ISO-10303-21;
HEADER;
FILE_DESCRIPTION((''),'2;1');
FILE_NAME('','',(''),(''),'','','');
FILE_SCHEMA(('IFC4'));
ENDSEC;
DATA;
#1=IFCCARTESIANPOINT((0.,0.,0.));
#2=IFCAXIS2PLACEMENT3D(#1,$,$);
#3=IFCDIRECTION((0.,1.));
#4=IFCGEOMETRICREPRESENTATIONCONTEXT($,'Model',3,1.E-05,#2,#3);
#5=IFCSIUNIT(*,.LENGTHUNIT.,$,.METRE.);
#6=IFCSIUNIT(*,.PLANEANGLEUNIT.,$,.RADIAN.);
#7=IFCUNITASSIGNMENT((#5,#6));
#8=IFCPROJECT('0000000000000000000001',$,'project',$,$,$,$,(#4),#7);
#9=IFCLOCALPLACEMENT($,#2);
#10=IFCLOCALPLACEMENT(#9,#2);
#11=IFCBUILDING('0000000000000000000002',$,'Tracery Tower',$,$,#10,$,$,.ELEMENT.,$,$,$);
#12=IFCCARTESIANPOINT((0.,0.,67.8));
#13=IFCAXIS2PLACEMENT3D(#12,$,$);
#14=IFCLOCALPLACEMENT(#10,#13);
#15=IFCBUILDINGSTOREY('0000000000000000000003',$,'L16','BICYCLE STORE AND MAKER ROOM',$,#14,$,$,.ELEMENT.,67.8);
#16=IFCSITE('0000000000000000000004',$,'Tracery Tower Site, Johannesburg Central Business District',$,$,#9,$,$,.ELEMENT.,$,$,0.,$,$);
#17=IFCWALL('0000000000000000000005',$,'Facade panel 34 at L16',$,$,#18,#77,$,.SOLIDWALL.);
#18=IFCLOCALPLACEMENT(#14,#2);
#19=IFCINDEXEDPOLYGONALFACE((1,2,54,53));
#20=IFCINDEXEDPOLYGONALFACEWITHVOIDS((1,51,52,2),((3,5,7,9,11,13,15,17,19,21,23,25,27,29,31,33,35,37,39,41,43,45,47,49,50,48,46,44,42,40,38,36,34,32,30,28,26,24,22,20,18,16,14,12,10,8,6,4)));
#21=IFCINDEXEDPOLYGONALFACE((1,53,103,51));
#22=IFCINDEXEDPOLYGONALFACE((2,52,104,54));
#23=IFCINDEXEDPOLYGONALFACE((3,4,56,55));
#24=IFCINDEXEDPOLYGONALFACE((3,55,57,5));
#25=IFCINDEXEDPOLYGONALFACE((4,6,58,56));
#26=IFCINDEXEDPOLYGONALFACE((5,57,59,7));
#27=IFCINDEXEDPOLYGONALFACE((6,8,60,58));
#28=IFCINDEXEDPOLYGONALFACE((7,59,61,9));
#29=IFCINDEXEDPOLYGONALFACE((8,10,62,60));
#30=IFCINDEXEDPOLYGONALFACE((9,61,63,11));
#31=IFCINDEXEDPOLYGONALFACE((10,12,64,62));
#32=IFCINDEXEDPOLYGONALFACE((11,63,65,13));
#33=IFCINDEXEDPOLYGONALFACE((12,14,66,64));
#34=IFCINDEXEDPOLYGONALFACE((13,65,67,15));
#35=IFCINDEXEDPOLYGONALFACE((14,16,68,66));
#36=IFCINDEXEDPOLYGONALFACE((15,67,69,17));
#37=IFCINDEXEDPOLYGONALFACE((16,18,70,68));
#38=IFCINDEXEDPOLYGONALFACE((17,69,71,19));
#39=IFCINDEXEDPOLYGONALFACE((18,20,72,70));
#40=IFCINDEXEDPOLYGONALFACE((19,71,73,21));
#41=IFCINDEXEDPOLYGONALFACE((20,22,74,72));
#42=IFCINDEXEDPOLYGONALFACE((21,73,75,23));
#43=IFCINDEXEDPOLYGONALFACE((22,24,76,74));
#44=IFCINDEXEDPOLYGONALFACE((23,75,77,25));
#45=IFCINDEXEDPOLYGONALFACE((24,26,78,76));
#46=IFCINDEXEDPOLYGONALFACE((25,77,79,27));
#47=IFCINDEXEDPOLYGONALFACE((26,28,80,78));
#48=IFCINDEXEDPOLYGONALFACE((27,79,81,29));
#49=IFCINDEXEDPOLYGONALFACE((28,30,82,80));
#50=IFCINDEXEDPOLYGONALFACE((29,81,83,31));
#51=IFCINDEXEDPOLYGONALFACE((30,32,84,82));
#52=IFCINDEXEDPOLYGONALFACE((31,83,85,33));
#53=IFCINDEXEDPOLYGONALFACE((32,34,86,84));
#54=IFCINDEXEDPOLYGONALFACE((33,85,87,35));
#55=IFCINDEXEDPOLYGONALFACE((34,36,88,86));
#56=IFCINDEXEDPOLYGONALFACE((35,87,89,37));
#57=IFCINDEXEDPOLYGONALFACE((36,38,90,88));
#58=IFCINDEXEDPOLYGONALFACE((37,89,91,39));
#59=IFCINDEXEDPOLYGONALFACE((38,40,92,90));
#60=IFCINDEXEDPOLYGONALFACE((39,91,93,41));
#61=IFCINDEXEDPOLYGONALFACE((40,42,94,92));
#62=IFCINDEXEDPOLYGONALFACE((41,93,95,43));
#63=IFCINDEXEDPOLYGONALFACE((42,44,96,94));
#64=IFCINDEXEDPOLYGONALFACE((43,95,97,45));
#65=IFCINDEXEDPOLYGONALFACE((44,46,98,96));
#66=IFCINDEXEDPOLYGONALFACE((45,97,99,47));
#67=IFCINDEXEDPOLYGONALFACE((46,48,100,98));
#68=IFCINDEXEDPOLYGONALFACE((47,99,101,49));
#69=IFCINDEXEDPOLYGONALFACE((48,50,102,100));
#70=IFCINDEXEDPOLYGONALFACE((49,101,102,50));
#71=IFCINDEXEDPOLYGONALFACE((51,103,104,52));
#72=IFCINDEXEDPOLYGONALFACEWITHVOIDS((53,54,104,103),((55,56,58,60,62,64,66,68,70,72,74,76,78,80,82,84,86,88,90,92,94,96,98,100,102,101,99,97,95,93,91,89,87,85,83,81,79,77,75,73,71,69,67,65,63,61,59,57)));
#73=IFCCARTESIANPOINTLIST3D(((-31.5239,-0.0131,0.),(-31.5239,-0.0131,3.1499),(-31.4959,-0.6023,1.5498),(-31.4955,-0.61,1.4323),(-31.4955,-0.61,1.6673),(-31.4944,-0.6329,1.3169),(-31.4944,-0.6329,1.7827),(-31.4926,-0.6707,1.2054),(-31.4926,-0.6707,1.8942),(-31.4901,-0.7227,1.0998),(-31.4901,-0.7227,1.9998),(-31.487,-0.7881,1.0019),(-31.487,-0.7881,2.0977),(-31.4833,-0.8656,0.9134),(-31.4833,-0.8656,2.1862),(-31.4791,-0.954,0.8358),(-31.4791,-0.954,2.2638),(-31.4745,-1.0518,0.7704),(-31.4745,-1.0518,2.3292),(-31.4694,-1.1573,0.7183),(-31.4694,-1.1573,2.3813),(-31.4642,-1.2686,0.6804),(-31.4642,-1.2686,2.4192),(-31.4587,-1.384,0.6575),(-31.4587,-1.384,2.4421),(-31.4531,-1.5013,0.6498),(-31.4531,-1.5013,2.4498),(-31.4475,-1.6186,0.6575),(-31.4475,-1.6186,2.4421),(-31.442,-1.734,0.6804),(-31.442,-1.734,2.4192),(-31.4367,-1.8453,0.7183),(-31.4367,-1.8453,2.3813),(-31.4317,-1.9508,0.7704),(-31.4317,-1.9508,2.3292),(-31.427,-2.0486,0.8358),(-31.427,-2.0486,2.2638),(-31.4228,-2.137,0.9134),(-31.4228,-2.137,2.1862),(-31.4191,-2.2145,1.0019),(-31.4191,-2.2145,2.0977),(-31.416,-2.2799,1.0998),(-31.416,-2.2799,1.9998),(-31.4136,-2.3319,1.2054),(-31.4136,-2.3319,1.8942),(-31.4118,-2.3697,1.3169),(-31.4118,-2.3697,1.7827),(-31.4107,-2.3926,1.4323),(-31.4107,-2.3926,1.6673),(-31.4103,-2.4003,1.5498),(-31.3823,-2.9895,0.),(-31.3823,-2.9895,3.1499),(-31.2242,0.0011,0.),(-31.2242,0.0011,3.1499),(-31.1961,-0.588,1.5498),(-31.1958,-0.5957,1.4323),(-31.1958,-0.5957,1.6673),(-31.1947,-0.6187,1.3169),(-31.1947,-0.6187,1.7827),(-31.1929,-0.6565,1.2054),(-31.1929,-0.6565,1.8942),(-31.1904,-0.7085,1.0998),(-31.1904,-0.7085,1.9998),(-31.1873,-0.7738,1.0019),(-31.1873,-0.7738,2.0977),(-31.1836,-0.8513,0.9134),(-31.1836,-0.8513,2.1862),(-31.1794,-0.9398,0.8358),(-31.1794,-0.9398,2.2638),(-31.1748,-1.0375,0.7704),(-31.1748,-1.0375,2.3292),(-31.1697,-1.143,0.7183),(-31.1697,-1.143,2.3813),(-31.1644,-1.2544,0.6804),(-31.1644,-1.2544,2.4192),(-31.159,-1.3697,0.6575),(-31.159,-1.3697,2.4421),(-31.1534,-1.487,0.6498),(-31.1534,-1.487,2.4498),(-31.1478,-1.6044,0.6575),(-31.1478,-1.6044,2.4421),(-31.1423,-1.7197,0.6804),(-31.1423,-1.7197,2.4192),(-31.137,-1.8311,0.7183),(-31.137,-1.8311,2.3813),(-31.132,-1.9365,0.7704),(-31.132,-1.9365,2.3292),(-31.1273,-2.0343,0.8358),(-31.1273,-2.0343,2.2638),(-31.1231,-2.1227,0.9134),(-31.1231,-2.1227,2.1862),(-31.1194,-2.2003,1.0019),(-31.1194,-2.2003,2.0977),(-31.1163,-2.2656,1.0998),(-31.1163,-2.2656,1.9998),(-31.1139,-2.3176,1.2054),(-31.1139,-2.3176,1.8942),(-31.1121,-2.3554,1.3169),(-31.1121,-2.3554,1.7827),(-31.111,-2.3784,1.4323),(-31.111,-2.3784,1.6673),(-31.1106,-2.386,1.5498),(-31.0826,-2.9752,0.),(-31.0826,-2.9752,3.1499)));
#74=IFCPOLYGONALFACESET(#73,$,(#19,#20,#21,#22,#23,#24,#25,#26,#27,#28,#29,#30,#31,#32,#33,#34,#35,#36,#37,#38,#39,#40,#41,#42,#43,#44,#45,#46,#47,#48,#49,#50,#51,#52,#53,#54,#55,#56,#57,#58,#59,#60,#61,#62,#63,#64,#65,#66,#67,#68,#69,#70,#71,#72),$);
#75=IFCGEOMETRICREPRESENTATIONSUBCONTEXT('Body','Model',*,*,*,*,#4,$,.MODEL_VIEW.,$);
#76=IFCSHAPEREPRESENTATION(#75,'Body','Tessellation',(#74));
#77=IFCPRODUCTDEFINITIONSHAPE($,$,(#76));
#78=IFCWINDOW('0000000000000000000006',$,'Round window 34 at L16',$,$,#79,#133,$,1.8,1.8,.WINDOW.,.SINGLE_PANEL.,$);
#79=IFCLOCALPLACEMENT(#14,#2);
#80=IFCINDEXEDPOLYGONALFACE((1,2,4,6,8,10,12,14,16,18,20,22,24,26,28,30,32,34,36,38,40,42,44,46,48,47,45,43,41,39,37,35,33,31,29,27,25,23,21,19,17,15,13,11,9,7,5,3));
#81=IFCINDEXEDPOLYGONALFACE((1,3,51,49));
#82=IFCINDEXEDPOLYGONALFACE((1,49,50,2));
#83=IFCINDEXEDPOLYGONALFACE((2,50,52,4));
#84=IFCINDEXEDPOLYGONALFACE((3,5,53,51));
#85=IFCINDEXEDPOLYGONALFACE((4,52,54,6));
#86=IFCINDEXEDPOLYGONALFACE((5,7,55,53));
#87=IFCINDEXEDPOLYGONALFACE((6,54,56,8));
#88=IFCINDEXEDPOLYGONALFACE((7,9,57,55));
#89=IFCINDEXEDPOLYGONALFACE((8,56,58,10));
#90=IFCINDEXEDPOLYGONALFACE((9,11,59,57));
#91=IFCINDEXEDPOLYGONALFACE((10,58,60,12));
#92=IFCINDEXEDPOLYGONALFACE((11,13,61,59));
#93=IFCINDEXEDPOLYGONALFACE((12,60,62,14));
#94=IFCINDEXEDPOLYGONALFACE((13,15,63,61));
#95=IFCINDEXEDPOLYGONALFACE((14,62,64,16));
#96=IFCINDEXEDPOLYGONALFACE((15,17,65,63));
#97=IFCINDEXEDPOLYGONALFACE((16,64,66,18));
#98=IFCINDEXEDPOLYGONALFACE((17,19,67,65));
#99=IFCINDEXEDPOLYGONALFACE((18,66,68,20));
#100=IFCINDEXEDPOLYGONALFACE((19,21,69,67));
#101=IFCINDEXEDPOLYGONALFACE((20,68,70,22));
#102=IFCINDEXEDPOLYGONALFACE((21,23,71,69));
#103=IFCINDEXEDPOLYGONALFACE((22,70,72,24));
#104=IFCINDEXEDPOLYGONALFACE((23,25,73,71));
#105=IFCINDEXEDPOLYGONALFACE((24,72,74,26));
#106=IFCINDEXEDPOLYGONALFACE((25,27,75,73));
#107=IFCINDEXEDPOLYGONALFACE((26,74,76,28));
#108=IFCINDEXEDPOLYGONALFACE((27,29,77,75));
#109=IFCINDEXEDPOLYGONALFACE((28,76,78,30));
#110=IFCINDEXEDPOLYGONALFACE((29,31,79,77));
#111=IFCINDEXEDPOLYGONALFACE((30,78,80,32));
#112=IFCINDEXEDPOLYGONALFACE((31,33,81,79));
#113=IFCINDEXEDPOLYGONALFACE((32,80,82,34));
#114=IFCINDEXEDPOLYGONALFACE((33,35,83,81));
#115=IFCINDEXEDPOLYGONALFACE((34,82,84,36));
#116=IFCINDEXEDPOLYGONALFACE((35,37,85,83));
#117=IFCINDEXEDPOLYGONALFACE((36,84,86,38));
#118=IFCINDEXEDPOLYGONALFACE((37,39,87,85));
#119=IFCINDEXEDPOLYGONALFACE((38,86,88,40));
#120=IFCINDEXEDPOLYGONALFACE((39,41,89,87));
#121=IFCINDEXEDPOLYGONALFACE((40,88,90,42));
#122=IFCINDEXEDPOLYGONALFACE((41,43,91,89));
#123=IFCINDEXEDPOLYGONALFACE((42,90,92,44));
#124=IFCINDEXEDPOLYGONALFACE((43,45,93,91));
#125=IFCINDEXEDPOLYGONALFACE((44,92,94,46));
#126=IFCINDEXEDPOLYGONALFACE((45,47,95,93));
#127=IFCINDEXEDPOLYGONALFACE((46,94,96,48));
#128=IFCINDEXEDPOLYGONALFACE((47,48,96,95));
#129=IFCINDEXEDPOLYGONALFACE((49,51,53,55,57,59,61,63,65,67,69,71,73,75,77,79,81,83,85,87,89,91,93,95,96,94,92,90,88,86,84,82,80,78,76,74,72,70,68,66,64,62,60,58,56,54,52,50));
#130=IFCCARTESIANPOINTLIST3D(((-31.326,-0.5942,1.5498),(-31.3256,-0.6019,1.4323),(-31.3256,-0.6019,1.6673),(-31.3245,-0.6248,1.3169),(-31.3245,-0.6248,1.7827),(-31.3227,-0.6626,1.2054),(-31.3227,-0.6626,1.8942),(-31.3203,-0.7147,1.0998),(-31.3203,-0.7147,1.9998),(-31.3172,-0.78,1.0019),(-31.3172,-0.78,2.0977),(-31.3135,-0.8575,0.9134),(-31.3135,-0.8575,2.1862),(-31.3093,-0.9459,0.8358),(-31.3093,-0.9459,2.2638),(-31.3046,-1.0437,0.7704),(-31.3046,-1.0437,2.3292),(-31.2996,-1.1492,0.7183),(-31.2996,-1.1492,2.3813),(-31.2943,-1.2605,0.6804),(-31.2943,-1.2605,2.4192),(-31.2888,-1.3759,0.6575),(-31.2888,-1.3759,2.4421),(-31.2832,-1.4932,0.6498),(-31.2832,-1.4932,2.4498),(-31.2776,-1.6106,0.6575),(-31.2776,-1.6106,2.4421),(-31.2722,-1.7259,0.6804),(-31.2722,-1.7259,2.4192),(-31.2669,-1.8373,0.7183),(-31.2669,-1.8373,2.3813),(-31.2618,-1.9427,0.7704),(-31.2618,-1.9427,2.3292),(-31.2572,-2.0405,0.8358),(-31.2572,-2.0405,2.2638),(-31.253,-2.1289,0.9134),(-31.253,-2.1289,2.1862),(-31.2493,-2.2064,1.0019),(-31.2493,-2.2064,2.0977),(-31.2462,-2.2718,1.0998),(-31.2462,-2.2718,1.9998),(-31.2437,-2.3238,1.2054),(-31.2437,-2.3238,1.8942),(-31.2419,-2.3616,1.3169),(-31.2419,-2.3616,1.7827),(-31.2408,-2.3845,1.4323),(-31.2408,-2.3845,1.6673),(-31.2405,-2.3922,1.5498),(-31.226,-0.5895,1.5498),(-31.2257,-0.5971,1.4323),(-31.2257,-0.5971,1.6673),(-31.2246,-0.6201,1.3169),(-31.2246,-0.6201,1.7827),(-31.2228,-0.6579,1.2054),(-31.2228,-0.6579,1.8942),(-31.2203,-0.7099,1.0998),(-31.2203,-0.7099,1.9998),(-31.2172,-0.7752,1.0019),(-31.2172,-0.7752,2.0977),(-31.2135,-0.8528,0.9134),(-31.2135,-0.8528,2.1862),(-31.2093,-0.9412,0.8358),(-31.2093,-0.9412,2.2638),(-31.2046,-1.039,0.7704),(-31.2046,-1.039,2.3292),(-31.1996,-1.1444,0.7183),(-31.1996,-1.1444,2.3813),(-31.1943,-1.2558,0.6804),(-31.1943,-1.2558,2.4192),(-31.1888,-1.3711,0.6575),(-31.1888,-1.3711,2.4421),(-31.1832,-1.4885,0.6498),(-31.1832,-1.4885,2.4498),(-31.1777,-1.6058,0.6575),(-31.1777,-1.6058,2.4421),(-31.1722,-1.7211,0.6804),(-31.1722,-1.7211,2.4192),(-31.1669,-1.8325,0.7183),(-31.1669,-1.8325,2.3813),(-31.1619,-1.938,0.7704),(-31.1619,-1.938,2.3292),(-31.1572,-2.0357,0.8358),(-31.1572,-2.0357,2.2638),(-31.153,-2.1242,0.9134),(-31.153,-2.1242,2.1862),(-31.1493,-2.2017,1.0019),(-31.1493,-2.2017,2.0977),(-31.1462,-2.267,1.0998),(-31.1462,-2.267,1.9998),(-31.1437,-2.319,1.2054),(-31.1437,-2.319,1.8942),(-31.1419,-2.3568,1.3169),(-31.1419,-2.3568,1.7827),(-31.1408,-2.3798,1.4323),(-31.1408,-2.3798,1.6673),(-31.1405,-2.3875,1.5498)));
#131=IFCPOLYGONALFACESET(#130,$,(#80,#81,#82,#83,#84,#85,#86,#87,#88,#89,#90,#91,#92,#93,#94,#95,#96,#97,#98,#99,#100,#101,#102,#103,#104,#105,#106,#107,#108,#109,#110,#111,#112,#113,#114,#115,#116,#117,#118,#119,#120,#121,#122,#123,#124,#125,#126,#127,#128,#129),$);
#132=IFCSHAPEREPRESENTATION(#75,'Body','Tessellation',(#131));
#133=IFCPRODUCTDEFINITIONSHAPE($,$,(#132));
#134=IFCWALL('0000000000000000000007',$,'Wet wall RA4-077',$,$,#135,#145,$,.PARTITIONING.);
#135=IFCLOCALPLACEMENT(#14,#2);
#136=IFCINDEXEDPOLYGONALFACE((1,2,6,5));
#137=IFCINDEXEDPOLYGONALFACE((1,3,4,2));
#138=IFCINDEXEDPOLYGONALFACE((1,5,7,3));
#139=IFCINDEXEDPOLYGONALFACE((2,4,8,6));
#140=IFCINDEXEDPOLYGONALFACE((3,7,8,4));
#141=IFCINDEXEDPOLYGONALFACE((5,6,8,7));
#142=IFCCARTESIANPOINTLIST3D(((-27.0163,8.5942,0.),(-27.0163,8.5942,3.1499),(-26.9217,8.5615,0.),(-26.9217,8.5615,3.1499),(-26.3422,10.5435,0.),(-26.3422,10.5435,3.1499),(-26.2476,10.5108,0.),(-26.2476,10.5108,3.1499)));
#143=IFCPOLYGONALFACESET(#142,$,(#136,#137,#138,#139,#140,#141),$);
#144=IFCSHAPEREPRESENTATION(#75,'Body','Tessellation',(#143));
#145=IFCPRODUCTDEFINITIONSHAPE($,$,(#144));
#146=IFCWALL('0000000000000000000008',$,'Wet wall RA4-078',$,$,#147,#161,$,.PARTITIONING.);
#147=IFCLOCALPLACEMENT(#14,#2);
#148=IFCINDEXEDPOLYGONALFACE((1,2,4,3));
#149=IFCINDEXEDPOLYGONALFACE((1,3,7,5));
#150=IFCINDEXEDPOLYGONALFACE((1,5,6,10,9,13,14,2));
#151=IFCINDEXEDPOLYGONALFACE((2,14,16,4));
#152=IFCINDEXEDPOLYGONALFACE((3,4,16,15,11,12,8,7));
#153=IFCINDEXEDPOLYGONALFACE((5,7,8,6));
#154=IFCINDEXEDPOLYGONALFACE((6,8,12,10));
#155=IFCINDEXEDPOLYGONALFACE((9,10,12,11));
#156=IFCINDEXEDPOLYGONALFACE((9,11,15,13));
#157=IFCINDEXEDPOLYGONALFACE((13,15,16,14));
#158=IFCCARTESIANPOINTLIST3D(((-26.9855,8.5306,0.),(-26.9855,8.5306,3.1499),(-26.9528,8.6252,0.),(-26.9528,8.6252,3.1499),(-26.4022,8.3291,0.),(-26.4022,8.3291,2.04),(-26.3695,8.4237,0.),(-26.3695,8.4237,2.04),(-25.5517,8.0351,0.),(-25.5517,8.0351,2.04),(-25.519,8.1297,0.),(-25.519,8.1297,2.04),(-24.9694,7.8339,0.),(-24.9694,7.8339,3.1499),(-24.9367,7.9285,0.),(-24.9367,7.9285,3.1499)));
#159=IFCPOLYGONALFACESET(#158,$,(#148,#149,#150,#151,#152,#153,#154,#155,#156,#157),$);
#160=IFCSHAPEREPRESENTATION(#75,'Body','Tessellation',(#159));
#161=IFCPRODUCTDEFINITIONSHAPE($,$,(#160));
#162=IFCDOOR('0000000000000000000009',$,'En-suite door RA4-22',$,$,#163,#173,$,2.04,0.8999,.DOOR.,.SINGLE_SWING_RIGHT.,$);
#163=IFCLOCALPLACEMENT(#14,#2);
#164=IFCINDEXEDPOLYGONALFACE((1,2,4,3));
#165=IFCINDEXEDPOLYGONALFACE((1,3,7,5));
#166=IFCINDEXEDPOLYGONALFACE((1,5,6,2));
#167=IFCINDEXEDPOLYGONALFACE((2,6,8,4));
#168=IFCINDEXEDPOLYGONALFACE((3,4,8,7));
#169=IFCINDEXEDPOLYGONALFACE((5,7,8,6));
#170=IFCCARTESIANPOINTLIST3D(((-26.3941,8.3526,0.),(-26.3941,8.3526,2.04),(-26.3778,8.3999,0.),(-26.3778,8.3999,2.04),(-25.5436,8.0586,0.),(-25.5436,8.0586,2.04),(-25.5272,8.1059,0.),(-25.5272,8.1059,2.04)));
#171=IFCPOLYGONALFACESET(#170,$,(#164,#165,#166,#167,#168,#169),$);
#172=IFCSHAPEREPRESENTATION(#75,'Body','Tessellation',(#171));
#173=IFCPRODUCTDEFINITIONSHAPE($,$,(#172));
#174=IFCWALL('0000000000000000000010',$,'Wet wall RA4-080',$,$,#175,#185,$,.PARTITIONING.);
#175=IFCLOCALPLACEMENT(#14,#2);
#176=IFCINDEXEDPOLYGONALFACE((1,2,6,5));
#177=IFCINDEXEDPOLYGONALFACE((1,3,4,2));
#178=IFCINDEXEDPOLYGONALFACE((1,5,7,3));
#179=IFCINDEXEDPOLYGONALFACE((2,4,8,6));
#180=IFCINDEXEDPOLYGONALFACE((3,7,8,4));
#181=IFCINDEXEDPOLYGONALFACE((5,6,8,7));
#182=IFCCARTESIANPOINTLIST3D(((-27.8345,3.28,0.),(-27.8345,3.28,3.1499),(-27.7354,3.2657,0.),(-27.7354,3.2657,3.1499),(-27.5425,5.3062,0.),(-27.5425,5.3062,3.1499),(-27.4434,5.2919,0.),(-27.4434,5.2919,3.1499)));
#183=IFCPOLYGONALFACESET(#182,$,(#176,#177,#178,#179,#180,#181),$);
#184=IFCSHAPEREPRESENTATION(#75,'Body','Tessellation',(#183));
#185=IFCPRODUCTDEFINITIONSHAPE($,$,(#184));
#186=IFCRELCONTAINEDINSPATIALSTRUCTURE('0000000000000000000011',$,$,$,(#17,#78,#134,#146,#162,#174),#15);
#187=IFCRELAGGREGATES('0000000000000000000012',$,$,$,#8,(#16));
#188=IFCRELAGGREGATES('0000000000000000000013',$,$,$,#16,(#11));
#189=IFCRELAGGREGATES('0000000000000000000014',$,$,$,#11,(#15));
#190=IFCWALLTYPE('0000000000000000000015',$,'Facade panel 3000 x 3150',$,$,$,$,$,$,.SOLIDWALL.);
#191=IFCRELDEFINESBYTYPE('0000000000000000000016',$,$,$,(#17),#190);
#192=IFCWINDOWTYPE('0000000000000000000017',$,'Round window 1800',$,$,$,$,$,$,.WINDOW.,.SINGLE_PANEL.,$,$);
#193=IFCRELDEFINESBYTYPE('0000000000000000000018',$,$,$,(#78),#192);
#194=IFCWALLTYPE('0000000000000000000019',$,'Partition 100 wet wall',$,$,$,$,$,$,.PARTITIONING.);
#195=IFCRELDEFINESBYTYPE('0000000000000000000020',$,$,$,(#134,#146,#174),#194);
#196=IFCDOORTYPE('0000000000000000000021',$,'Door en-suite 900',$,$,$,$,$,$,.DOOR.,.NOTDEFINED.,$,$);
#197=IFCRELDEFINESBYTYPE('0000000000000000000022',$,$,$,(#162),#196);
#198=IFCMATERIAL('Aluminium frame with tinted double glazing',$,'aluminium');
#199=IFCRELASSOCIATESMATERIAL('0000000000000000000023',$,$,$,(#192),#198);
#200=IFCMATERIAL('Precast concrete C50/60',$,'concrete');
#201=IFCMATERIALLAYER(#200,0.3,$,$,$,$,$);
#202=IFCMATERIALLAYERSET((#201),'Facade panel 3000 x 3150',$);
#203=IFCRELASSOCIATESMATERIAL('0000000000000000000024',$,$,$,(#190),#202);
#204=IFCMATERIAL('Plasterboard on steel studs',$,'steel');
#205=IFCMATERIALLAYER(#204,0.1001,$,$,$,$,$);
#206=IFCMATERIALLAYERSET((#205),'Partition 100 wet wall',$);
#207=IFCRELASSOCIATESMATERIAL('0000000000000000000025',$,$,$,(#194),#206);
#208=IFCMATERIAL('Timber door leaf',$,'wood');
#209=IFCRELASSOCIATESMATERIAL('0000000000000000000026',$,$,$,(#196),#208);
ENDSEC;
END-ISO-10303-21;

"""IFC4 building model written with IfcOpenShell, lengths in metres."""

from ifc_helpers import new_model, si_unit, direction, frame, frame_2d, origin, origin_2d, place, context, subcontext, project, spatial, rectangle, circle, extrude, material, layer, layer_set, type_object, element, fill, save


model = new_model("IFC4")

# Units and contexts
model_context = context("Model", 3, precision=1e-05, world=origin(), true_north=direction((0.0, 1.0)))
body_context = subcontext(model_context, "Body", "Model", "MODEL_VIEW")
ifc_project = project(units=[si_unit("LENGTHUNIT", "METRE"), si_unit("PLANEANGLEUNIT", "RADIAN")], contexts=[model_context])

# Site, building, storey
site_placement = place(None, origin())
site = spatial("IfcSite", under=ifc_project, at=site_placement, Name="Tracery Tower Site, Johannesburg Central Business District", CompositionType="ELEMENT", RefElevation=0.0)
building_placement = place(site_placement, origin())
building = spatial("IfcBuilding", under=site, at=building_placement, Name="Tracery Tower", CompositionType="ELEMENT")
storey_placement = place(building_placement, frame((0.0, 0.0, 67.8)))
storey = spatial("IfcBuildingStorey", under=building, at=storey_placement, Name="L16", Description="BICYCLE STORE AND MAKER ROOM", CompositionType="ELEMENT", Elevation=67.8)

# Wall, opening, window
ifc_material_1 = material(Name="Aluminium frame with tinted double glazing", Category="aluminium")
window_type = type_object("IfcWindowType", Name="Round window 1800", PartitioningType="SINGLE_PANEL", PredefinedType="WINDOW", material=ifc_material_1)
ifc_material_2 = material(Name="Precast concrete C50/60", Category="concrete")
ifc_layer_1 = layer(ifc_material_2, 0.3)
ifc_layer_set_1 = layer_set([ifc_layer_1], Name="Facade panel 3000 x 3150")
wall_type_1 = type_object("IfcWallType", Name="Facade panel 3000 x 3150", PredefinedType="SOLIDWALL", material=ifc_layer_set_1)
wall_1_placement = place(storey_placement, frame((-31.374, -0.0061, 0.0), z_axis=(0.0, 0.0, 1.0), x_axis=(0.047522, -0.99887, 0.0)))
wall_1 = element("IfcWall", 1, at=wall_1_placement, inside=storey, type_object=wall_type_1, Name="Facade panel 34 at L16", PredefinedType="SOLIDWALL", context=body_context, shape_type="SweptSolid", body=[
    extrude(rectangle(XDim=2.9797, YDim=0.3, at=frame_2d((1.4897, 0.0))), origin(), (0.0, 0.0, 1.0), 3.1499),
])
opening_1_placement = place(wall_1_placement, frame((1.4897, 0.0, 1.5498)))
opening_1 = element("IfcOpeningElement", 2, at=opening_1_placement, cuts=wall_1, PredefinedType="OPENING", context=body_context, shape_type="SweptSolid", body=[
    extrude(circle(Radius=0.9, at=origin_2d()), frame((0.0, 0.1599, 0.0), z_axis=(0.0, -1.0, 0.0), x_axis=(1.0, 0.0, 0.0)), (0.0, 0.0, 1.0), 0.3201),
])
window_1_placement = place(opening_1_placement, origin())
window_1 = element("IfcWindow", 3, at=window_1_placement, inside=storey, type_object=window_type, Name="Round window 34 at L16", OverallHeight=1.8, OverallWidth=1.8, PartitioningType="SINGLE_PANEL", PredefinedType="WINDOW", context=body_context, shape_type="SweptSolid", body=[
    extrude(circle(Radius=0.9, at=origin_2d()), frame((0.0, 0.1201, 0.0), z_axis=(0.0, -1.0, 0.0), x_axis=(1.0, 0.0, 0.0)), (0.0, 0.0, 1.0), 0.1001),
])
fill(opening_1, window_1)

# Wall
ifc_material_3 = material(Name="Plasterboard on steel studs", Category="steel")
ifc_layer_2 = layer(ifc_material_3, 0.1001)
ifc_layer_set_2 = layer_set([ifc_layer_2], Name="Partition 100 wet wall")
wall_type_2 = type_object("IfcWallType", Name="Partition 100 wet wall", PredefinedType="PARTITIONING", material=ifc_layer_set_2)
wall_2_placement = place(storey_placement, frame((-26.969, 8.5779, 0.0), z_axis=(0.0, 0.0, 1.0), x_axis=(0.326826, 0.945085, 0.0)))
element("IfcWall", 4, at=wall_2_placement, inside=storey, type_object=wall_type_2, Name="Wet wall RA4-077", PredefinedType="PARTITIONING", context=body_context, shape_type="SweptSolid", body=[
    extrude(rectangle(XDim=2.0625, YDim=0.1001, at=frame_2d((1.0312, 0.0))), origin(), (0.0, 0.0, 1.0), 3.1499),
])

# Wall, opening, door
wall_3_placement = place(storey_placement, frame((-26.969, 8.5779, 0.0), z_axis=(0.0, 0.0, 1.0), x_axis=(0.945147, -0.326647, 0.0)))
wall_3 = element("IfcWall", 5, at=wall_3_placement, inside=storey, type_object=wall_type_2, Name="Wet wall RA4-078", PredefinedType="PARTITIONING", context=body_context, shape_type="SweptSolid", body=[
    extrude(rectangle(XDim=2.1331, YDim=0.1001, at=frame_2d((1.0664, 0.0))), origin(), (0.0, 0.0, 1.0), 3.1499),
])
opening_2_placement = place(wall_3_placement, frame((0.6169, 0.0, 0.0)))
opening_2 = element("IfcOpeningElement", 6, at=opening_2_placement, cuts=wall_3, PredefinedType="OPENING", context=body_context, shape_type="SweptSolid", body=[
    extrude(rectangle(XDim=0.8999, YDim=2.04, at=frame_2d((0.45, 1.02))), frame((0.0, 0.05, 0.0), z_axis=(0.0, -1.0, 0.0), x_axis=(1.0, 0.0, 0.0)), (0.0, 0.0, 1.0), 0.1001),
])
ifc_material_4 = material(Name="Timber door leaf", Category="wood")
door_type_1 = type_object("IfcDoorType", Name="Door en-suite 900", OperationType="NOTDEFINED", PredefinedType="DOOR", material=ifc_material_4)
door_1_placement = place(opening_2_placement, origin())
door_1 = element("IfcDoor", 7, at=door_1_placement, inside=storey, type_object=door_type_1, Name="En-suite door RA4-22", OperationType="SINGLE_SWING_RIGHT", OverallHeight=2.04, OverallWidth=0.8999, PredefinedType="DOOR", context=body_context, shape_type="SweptSolid", body=[
    extrude(rectangle(XDim=0.8999, YDim=2.04, at=frame_2d((0.45, 1.02))), frame((0.0, 0.0249, 0.0), z_axis=(0.0, -1.0, 0.0), x_axis=(1.0, 0.0, 0.0)), (0.0, 0.0, 1.0), 0.05),
])
fill(opening_2, door_1)

# Wall
wall_4_placement = place(storey_placement, frame((-27.7849, 3.2729, 0.0), z_axis=(0.0, 0.0, 1.0), x_axis=(0.14264, 0.989775, 0.0)))
element("IfcWall", 8, at=wall_4_placement, inside=storey, type_object=wall_type_2, Name="Wet wall RA4-080", PredefinedType="PARTITIONING", context=body_context, shape_type="SweptSolid", body=[
    extrude(rectangle(XDim=2.0471, YDim=0.1001, at=frame_2d((1.0234, 0.0))), origin(), (0.0, 0.0, 1.0), 3.1499),
])

save(model, "model.ifc")
